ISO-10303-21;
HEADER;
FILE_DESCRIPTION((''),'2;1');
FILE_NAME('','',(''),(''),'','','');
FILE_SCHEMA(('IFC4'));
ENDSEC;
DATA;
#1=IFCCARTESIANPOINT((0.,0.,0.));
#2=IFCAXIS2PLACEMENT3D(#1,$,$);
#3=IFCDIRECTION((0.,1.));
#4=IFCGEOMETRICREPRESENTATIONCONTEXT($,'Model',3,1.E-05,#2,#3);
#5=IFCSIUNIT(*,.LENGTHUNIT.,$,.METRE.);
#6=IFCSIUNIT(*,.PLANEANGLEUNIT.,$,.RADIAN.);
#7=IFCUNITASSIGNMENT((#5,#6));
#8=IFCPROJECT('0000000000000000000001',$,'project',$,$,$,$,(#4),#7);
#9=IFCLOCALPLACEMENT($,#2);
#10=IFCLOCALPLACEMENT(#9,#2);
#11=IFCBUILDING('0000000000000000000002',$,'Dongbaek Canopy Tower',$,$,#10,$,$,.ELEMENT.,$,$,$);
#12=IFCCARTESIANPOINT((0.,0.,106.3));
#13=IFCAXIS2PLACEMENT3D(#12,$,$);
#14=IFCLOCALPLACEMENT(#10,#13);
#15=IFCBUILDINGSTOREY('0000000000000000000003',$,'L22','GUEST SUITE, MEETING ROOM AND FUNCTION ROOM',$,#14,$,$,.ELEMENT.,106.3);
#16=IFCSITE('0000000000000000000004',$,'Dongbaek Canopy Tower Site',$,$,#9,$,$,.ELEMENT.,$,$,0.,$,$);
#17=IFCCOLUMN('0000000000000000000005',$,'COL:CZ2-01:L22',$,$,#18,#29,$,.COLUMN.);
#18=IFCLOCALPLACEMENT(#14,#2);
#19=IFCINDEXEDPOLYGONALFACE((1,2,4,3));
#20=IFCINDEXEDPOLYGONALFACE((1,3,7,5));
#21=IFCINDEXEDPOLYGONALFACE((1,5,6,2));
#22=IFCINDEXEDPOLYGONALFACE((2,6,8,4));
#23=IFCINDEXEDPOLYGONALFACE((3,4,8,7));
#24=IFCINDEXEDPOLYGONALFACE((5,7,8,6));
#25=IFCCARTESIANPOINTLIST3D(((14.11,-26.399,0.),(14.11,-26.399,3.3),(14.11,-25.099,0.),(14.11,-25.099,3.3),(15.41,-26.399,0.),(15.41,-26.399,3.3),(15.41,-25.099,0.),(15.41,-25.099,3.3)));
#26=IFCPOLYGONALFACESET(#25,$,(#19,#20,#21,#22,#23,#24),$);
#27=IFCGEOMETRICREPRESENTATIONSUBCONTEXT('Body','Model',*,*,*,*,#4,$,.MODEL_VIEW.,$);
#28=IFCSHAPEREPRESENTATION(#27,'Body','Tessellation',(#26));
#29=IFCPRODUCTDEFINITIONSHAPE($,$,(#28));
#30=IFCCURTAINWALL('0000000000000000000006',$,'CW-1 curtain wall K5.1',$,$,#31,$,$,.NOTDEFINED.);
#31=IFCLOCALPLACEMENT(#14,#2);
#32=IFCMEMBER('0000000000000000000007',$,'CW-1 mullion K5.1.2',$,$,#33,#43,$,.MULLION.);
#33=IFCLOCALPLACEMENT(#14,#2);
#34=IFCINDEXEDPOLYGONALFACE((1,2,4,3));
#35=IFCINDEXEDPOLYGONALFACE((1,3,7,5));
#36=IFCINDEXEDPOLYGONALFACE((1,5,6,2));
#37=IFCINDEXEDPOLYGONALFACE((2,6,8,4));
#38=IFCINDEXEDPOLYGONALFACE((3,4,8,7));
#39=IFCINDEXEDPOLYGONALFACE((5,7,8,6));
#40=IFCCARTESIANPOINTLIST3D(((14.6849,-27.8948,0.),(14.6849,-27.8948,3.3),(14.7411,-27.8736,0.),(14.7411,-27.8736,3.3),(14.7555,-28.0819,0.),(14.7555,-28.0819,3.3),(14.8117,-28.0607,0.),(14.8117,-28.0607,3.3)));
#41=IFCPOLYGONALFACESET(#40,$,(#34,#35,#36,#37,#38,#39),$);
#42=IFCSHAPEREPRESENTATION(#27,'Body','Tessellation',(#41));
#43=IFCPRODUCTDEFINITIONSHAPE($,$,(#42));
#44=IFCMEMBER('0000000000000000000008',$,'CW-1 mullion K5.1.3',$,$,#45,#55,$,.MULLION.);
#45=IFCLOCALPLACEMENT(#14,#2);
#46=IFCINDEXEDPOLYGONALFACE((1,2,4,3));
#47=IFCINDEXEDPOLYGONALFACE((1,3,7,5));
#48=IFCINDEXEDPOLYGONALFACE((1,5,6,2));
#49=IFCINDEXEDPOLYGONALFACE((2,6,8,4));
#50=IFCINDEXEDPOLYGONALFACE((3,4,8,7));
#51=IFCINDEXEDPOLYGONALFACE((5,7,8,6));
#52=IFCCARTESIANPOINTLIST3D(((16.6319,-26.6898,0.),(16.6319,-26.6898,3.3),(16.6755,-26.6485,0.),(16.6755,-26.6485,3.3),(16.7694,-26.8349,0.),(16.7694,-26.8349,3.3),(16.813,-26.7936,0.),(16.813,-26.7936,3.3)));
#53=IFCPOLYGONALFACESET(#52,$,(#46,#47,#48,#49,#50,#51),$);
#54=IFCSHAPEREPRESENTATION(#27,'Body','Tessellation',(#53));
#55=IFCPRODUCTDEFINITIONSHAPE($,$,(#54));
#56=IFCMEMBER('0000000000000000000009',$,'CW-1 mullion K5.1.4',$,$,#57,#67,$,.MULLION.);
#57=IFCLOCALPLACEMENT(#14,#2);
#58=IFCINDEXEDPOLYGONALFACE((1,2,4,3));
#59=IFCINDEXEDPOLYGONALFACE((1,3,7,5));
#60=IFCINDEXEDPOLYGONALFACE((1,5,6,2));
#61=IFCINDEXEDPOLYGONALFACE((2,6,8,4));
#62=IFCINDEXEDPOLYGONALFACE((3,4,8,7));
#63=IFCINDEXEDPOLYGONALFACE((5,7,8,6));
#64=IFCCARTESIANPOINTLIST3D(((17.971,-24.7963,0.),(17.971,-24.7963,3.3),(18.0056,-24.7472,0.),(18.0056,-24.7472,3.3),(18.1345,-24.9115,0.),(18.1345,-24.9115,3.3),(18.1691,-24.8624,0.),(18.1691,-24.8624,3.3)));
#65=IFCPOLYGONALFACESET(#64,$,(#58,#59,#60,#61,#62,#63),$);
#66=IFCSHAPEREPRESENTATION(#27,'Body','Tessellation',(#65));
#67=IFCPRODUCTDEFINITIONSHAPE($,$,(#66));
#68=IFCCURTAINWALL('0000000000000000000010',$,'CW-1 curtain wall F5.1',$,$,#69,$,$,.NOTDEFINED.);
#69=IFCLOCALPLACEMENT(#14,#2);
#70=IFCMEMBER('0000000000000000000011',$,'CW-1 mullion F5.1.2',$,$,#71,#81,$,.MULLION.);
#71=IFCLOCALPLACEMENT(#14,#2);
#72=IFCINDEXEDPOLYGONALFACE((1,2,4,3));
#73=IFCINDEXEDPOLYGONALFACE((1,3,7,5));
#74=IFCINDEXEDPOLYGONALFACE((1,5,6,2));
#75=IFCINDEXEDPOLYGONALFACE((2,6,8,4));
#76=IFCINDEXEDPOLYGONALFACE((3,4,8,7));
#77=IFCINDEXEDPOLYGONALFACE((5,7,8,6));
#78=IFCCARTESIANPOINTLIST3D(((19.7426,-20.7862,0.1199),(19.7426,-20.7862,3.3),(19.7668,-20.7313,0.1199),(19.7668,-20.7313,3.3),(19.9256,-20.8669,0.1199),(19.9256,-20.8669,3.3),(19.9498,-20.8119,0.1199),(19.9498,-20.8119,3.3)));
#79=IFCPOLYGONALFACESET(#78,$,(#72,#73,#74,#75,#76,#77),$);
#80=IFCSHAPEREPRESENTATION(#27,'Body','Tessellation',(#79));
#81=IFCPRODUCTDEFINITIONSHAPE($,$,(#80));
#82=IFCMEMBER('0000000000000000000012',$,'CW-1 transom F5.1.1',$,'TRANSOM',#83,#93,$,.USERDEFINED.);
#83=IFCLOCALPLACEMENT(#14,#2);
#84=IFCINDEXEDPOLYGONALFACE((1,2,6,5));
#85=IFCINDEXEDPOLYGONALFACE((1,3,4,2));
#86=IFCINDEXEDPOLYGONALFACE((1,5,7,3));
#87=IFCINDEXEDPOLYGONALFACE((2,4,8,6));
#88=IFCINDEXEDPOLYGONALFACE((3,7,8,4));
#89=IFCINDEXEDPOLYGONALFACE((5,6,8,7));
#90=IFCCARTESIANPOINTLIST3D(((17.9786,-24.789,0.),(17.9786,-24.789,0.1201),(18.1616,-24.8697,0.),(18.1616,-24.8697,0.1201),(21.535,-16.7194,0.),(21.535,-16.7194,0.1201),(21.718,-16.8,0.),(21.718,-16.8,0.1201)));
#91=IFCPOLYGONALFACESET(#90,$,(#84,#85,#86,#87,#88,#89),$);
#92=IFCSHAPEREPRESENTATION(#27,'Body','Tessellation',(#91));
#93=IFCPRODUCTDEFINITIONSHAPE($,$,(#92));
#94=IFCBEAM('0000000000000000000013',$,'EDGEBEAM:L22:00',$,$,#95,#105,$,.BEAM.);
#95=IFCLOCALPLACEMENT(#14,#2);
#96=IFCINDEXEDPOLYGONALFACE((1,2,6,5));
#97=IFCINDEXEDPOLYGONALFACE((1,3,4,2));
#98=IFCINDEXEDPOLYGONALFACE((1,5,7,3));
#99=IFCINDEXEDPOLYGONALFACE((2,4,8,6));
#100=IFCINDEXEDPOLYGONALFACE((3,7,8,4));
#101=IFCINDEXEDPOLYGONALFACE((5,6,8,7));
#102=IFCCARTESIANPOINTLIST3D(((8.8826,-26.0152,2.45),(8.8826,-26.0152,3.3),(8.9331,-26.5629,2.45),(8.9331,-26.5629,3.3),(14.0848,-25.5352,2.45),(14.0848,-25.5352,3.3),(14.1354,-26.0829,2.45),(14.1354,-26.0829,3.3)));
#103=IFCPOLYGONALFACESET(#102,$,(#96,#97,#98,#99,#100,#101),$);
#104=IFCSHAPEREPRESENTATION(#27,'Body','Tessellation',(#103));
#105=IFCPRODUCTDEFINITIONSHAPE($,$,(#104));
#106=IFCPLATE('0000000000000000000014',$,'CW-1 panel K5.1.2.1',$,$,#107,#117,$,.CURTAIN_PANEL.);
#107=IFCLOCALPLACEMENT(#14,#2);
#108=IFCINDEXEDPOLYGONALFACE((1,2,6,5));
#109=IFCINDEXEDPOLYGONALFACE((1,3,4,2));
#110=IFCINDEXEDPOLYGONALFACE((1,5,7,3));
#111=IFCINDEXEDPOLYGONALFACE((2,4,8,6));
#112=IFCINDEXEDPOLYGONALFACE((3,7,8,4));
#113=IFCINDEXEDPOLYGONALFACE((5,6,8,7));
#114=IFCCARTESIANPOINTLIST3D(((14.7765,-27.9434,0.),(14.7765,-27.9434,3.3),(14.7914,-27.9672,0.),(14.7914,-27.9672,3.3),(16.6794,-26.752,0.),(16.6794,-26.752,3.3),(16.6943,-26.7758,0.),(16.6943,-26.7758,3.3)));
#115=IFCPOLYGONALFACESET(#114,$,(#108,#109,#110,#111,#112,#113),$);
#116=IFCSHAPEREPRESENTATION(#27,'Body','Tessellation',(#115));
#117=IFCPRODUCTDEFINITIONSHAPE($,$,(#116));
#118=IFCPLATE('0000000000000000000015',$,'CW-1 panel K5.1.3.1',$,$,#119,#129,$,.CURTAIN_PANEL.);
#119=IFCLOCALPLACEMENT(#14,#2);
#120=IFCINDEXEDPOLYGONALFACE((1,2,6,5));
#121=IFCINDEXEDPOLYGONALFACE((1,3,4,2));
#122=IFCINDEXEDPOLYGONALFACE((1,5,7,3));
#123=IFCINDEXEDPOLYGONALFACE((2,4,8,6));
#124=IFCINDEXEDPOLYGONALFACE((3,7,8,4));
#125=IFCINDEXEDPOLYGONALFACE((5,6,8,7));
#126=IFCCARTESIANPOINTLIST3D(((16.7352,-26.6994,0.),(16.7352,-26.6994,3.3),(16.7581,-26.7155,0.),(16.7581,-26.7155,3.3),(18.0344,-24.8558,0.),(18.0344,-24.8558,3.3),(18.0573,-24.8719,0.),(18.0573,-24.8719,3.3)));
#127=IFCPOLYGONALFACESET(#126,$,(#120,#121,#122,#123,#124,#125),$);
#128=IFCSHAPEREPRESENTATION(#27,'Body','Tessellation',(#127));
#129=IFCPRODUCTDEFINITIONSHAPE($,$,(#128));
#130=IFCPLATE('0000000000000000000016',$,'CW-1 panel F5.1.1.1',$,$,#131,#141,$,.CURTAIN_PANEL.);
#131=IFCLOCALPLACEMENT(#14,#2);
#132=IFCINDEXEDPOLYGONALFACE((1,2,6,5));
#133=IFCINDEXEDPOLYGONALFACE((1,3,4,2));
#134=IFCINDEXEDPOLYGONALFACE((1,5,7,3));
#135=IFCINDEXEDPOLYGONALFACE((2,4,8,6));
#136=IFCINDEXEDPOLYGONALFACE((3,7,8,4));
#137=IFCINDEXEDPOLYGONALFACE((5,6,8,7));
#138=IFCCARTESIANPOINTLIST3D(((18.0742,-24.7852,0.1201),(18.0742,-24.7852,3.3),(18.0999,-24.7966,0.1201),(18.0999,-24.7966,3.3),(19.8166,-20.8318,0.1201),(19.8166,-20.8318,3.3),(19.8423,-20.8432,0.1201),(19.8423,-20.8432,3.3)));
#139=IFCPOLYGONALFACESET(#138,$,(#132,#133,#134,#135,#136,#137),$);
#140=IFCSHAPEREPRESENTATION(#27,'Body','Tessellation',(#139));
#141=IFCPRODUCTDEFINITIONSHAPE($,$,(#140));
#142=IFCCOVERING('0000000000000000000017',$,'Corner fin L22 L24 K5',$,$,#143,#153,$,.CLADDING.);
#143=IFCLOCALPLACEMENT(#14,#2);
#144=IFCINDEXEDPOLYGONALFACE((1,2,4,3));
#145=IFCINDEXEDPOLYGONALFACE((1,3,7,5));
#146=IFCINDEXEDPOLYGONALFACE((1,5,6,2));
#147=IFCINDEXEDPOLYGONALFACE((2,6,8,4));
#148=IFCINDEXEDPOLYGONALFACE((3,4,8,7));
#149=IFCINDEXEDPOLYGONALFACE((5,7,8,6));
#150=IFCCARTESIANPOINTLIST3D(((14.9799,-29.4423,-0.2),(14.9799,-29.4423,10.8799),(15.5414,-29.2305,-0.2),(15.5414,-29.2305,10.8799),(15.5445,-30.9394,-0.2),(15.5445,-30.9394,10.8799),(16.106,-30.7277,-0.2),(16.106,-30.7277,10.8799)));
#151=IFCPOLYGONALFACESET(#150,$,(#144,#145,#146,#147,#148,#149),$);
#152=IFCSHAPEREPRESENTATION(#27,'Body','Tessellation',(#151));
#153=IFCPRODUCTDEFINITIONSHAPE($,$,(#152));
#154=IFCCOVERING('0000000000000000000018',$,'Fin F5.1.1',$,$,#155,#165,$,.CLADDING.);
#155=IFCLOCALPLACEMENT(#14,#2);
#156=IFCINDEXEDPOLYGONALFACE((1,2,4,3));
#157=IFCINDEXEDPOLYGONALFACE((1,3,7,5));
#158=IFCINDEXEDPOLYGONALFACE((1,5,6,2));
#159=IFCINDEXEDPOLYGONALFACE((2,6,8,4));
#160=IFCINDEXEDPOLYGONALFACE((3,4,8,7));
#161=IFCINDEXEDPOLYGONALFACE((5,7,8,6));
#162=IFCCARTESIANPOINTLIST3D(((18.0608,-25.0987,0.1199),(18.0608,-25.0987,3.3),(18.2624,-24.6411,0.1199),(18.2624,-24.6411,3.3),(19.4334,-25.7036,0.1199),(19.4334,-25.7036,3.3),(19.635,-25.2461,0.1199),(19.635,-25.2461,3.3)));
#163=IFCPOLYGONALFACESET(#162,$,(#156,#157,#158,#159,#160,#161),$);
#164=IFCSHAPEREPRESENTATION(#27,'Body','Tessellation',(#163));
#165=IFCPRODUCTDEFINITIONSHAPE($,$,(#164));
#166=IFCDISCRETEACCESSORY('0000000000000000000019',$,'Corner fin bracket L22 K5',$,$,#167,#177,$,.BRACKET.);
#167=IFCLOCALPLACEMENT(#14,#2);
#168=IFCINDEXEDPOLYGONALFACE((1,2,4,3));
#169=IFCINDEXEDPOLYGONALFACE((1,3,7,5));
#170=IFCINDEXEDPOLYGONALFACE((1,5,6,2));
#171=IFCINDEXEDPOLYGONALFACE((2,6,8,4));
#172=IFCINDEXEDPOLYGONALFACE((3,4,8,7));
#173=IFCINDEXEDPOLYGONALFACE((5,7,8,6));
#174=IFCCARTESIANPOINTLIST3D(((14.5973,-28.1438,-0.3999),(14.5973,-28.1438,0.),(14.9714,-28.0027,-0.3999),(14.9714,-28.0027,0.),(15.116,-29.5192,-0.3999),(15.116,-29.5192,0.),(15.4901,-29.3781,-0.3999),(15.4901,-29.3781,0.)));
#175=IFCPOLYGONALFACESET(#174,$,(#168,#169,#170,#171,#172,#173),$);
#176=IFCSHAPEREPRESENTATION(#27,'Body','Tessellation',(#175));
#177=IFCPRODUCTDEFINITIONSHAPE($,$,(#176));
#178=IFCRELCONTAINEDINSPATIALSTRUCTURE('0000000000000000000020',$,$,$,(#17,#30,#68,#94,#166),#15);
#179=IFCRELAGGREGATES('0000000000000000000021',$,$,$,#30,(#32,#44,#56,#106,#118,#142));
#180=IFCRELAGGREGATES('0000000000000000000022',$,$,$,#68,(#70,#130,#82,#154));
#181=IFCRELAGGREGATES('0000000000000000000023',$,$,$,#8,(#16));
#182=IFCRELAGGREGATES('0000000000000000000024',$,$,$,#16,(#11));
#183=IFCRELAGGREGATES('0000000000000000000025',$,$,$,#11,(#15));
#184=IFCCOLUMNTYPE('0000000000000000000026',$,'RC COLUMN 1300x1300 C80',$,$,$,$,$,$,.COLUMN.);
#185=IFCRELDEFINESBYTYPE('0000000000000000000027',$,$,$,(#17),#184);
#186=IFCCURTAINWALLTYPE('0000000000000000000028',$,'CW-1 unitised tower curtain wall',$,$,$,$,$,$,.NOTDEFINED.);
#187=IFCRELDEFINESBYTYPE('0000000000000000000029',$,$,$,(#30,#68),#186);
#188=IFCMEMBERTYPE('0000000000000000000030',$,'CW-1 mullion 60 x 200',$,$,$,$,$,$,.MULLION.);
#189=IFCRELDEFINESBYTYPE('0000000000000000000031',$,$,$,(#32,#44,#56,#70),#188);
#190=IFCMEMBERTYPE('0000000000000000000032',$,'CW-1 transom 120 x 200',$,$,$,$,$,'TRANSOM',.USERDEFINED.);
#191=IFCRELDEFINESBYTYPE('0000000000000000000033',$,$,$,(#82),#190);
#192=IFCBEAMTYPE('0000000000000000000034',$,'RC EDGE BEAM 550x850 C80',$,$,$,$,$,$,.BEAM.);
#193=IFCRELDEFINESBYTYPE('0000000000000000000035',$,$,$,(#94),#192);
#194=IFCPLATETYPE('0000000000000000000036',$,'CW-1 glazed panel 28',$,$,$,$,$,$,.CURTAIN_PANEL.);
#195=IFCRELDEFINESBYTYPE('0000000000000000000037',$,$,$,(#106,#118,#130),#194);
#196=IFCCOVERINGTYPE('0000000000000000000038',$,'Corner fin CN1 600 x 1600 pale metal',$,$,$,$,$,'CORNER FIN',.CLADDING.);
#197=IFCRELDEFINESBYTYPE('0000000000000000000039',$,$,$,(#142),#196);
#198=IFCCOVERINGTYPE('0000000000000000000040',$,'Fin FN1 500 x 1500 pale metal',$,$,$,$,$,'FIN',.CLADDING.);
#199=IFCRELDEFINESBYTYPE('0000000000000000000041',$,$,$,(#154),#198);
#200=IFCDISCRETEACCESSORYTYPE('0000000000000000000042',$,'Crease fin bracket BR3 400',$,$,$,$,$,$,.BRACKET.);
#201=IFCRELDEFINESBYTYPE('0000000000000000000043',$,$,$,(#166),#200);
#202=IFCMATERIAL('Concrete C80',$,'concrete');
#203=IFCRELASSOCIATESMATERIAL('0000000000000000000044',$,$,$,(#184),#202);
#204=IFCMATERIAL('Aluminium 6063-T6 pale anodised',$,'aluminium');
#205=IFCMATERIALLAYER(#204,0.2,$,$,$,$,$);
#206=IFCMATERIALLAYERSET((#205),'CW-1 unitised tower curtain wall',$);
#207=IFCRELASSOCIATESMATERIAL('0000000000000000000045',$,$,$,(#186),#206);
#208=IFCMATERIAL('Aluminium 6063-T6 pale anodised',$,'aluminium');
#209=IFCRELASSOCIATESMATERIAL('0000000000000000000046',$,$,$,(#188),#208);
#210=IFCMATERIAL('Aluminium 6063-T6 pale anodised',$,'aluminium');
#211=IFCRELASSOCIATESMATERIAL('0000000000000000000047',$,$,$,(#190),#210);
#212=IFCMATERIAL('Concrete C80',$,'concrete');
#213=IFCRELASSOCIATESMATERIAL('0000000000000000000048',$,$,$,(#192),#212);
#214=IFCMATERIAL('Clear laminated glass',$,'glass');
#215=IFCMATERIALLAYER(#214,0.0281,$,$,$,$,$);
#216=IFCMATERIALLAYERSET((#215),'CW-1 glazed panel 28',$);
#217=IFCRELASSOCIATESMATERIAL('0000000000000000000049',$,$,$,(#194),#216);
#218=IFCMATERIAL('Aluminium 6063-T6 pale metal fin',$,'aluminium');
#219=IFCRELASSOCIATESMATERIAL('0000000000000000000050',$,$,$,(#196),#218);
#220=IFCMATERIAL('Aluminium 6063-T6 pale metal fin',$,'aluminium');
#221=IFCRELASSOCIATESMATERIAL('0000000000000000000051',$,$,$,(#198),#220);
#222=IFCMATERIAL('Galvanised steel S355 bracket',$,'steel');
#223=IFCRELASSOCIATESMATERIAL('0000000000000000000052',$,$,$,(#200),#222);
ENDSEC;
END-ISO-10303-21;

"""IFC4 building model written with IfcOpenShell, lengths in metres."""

from ifc_helpers import new_model, si_unit, direction, frame, origin, origin_2d, place, context, subcontext, project, spatial, rectangle, extrude, material, layer, layer_set, material_profile, profile_set, type_object, element, aggregate, save


model = new_model("IFC4")

# Units and contexts
model_context = context("Model", 3, precision=1e-05, world=origin(), true_north=direction((0.0, 1.0)))
body_context = subcontext(model_context, "Body", "Model", "MODEL_VIEW")
ifc_project = project(units=[si_unit("LENGTHUNIT", "METRE"), si_unit("PLANEANGLEUNIT", "RADIAN")], contexts=[model_context])

# Site, building, storey
site_placement = place(None, origin())
site = spatial("IfcSite", under=ifc_project, at=site_placement, Name="Dongbaek Canopy Tower Site", CompositionType="ELEMENT", RefElevation=0.0)
building_placement = place(site_placement, origin())
building = spatial("IfcBuilding", under=site, at=building_placement, Name="Dongbaek Canopy Tower", CompositionType="ELEMENT")
storey_placement = place(building_placement, frame((0.0, 0.0, 106.3)))
storey = spatial("IfcBuildingStorey", under=building, at=storey_placement, Name="L22", Description="GUEST SUITE, MEETING ROOM AND FUNCTION ROOM", CompositionType="ELEMENT", Elevation=106.3)

# Column
ifc_material_1 = material(Name="Concrete C80", Category="concrete")
ifc_material_profile_1 = material_profile(ifc_material_1, rectangle(XDim=1.3, YDim=1.3, at=origin_2d()), Name="RC COLUMN 1300x1300 C80")
ifc_profile_set_1 = profile_set([ifc_material_profile_1], Name="Concrete C80")
column_type = type_object("IfcColumnType", Name="RC COLUMN 1300x1300 C80", PredefinedType="COLUMN", material=ifc_profile_set_1)
column_placement = place(storey_placement, frame((14.76, -25.749, 0.0), z_axis=(0.0, 0.0, 1.0), x_axis=(1.0, 0.0, 0.0)))
element("IfcColumn", 1, at=column_placement, inside=storey, type_object=column_type, Name="COL:CZ2-01:L22", PredefinedType="COLUMN", context=body_context, shape_type="SweptSolid", body=[
    extrude(rectangle(XDim=1.3, YDim=1.3, at=origin_2d()), origin(), (0.0, 0.0, 1.0), 3.3),
])

# Curtain walls, members
ifc_material_2 = material(Name="Aluminium 6063-T6 pale anodised", Category="aluminium")
ifc_layer_1 = layer(ifc_material_2, 0.2)
ifc_layer_set_1 = layer_set([ifc_layer_1], Name="CW-1 unitised tower curtain wall")
curtain_wall_type = type_object("IfcCurtainWallType", Name="CW-1 unitised tower curtain wall", PredefinedType="NOTDEFINED", material=ifc_layer_set_1)
curtain_wall_1_placement = place(storey_placement, origin())
curtain_wall_1 = element("IfcCurtainWall", 2, at=curtain_wall_1_placement, inside=storey, type_object=curtain_wall_type, Name="CW-1 curtain wall K5.1", PredefinedType="NOTDEFINED")
ifc_material_3 = material(Name="Aluminium 6063-T6 pale anodised", Category="aluminium")
ifc_material_profile_2 = material_profile(ifc_material_3, rectangle(XDim=0.2, YDim=0.0601, at=origin_2d()), Name="CW-1 mullion 60 x 200")
ifc_profile_set_2 = profile_set([ifc_material_profile_2], Name="Aluminium 6063-T6 pale anodised")
member_type_1 = type_object("IfcMemberType", Name="CW-1 mullion 60 x 200", PredefinedType="MULLION", material=ifc_profile_set_2)
member_1_placement = place(storey_placement, frame((14.7483, -27.9778, 0.0), z_axis=(0.0, 0.0, 1.0), x_axis=(0.352875, -0.93567, 0.0)))
member_1 = element("IfcMember", 3, at=member_1_placement, type_object=member_type_1, Name="CW-1 mullion K5.1.2", PredefinedType="MULLION", context=body_context, shape_type="SweptSolid", body=[
    extrude(rectangle(XDim=0.2, YDim=0.0601, at=origin_2d()), origin(), (0.0, 0.0, 1.0), 3.3),
])
member_2_placement = place(storey_placement, frame((16.7224, -26.7417, 0.0), z_axis=(0.0, 0.0, 1.0), x_axis=(0.68759, -0.726099, 0.0)))
member_2 = element("IfcMember", 4, at=member_2_placement, type_object=member_type_1, Name="CW-1 mullion K5.1.3", PredefinedType="MULLION", context=body_context, shape_type="SweptSolid", body=[
    extrude(rectangle(XDim=0.2, YDim=0.0601, at=origin_2d()), origin(), (0.0, 0.0, 1.0), 3.3),
])
member_3_placement = place(storey_placement, frame((18.0701, -24.8293, 0.0), z_axis=(0.0, 0.0, 1.0), x_axis=(0.817425, -0.576035, 0.0)))
member_3 = element("IfcMember", 5, at=member_3_placement, type_object=member_type_1, Name="CW-1 mullion K5.1.4", PredefinedType="MULLION", context=body_context, shape_type="SweptSolid", body=[
    extrude(rectangle(XDim=0.2, YDim=0.0601, at=origin_2d()), origin(), (0.0, 0.0, 1.0), 3.3),
])
curtain_wall_2_placement = place(storey_placement, origin())
curtain_wall_2 = element("IfcCurtainWall", 6, at=curtain_wall_2_placement, inside=storey, type_object=curtain_wall_type, Name="CW-1 curtain wall F5.1", PredefinedType="NOTDEFINED")
member_4_placement = place(storey_placement, frame((19.8462, -20.7991, 0.1199), z_axis=(0.0, 0.0, 1.0), x_axis=(0.915073, -0.403289, 0.0)))
member_4 = element("IfcMember", 7, at=member_4_placement, type_object=member_type_1, Name="CW-1 mullion F5.1.2", PredefinedType="MULLION", context=body_context, shape_type="SweptSolid", body=[
    extrude(rectangle(XDim=0.2, YDim=0.0601, at=origin_2d()), origin(), (0.0, 0.0, 1.0), 3.1802),
])
ifc_material_4 = material(Name="Aluminium 6063-T6 pale anodised", Category="aluminium")
ifc_material_profile_3 = material_profile(ifc_material_4, rectangle(XDim=0.2, YDim=0.1201, at=origin_2d()), Name="CW-1 transom 120 x 200")
ifc_profile_set_3 = profile_set([ifc_material_profile_3], Name="Aluminium 6063-T6 pale anodised")
member_type_2 = type_object("IfcMemberType", Name="CW-1 transom 120 x 200", ElementType="TRANSOM", PredefinedType="USERDEFINED", material=ifc_profile_set_3)
member_5_placement = place(storey_placement, frame((18.0701, -24.8293, 0.0601), z_axis=(0.403288, 0.915073, 0.0), x_axis=(-0.915073, 0.403288, 0.0)))
member_5 = element("IfcMember", 8, at=member_5_placement, type_object=member_type_2, Name="CW-1 transom F5.1.1", ObjectType="TRANSOM", PredefinedType="USERDEFINED", context=body_context, shape_type="SweptSolid", body=[
    extrude(rectangle(XDim=0.2, YDim=0.1201, at=origin_2d()), origin(), (0.0, 0.0, 1.0), 8.8186),
])

# Beam
ifc_material_5 = material(Name="Concrete C80", Category="concrete")
ifc_material_profile_4 = material_profile(ifc_material_5, rectangle(XDim=0.55, YDim=0.8501, at=origin_2d()), Name="RC EDGE BEAM 550x850 C80")
ifc_profile_set_4 = profile_set([ifc_material_profile_4], Name="Concrete C80")
beam_type = type_object("IfcBeamType", Name="RC EDGE BEAM 550x850 C80", PredefinedType="BEAM", material=ifc_profile_set_4)
beam_placement = place(storey_placement, frame((14.1101, -25.8091, 2.875), z_axis=(-0.99577, -0.091876, 0.0), x_axis=(0.091876, -0.99577, 0.0)))
element("IfcBeam", 9, at=beam_placement, inside=storey, type_object=beam_type, Name="EDGEBEAM:L22:00", PredefinedType="BEAM", context=body_context, shape_type="SweptSolid", body=[
    extrude(rectangle(XDim=0.55, YDim=0.8501, at=origin_2d()), origin(), (0.0, 0.0, 1.0), 5.2244),
])

# Plates
ifc_material_6 = material(Name="Clear laminated glass", Category="glass")
ifc_layer_2 = layer(ifc_material_6, 0.0281)
ifc_layer_set_2 = layer_set([ifc_layer_2], Name="CW-1 glazed panel 28")
plate_type = type_object("IfcPlateType", Name="CW-1 glazed panel 28", PredefinedType="CURTAIN_PANEL", material=ifc_layer_set_2)
plate_1_placement = place(storey_placement, frame((15.7354, -27.3596, 0.0), z_axis=(0.0, 0.0, 1.0), x_axis=(0.847572, 0.530681, 0.0)))
plate_1 = element("IfcPlate", 10, at=plate_1_placement, type_object=plate_type, Name="CW-1 panel K5.1.2.1", PredefinedType="CURTAIN_PANEL", context=body_context, shape_type="SweptSolid", body=[
    extrude(rectangle(XDim=2.2451, YDim=0.0281, at=origin_2d()), origin(), (0.0, 0.0, 1.0), 3.3),
])
plate_2_placement = place(storey_placement, frame((17.3962, -25.7856, 0.0), z_axis=(0.0, 0.0, 1.0), x_axis=(0.576035, 0.817425, 0.0)))
plate_2 = element("IfcPlate", 11, at=plate_2_placement, type_object=plate_type, Name="CW-1 panel K5.1.3.1", PredefinedType="CURTAIN_PANEL", context=body_context, shape_type="SweptSolid", body=[
    extrude(rectangle(XDim=2.2554, YDim=0.0281, at=origin_2d()), origin(), (0.0, 0.0, 1.0), 3.3),
])
plate_3_placement = place(storey_placement, frame((18.9583, -22.8142, 0.1201), z_axis=(0.0, 0.0, 1.0), x_axis=(0.403289, 0.915073, 0.0)))
plate_3 = element("IfcPlate", 12, at=plate_3_placement, type_object=plate_type, Name="CW-1 panel F5.1.1.1", PredefinedType="CURTAIN_PANEL", context=body_context, shape_type="SweptSolid", body=[
    extrude(rectangle(XDim=4.3203, YDim=0.0281, at=origin_2d()), origin(), (0.0, 0.0, 1.0), 3.1799),
])

# Coverings
ifc_material_7 = material(Name="Aluminium 6063-T6 pale metal fin", Category="aluminium")
ifc_material_profile_5 = material_profile(ifc_material_7, rectangle(XDim=1.6001, YDim=0.6001, at=origin_2d()), Name="Corner fin CN1 600 x 1600 pale metal")
ifc_profile_set_5 = profile_set([ifc_material_profile_5], Name="Aluminium 6063-T6 pale metal fin")
covering_type_1 = type_object("IfcCoveringType", Name="Corner fin CN1 600 x 1600 pale metal", ElementType="CORNER FIN", PredefinedType="CLADDING", material=ifc_profile_set_5)
covering_1_placement = place(storey_placement, frame((15.543, -30.085, -0.2), z_axis=(0.0, 0.0, 1.0), x_axis=(0.352876, -0.93567, 0.0)))
covering_1 = element("IfcCovering", 13, at=covering_1_placement, type_object=covering_type_1, Name="Corner fin L22 L24 K5", PredefinedType="CLADDING", context=body_context, shape_type="SweptSolid", body=[
    extrude(rectangle(XDim=1.6001, YDim=0.6001, at=origin_2d()), origin(), (0.0, 0.0, 1.0), 11.0798),
])
aggregate(curtain_wall_1, [member_1, member_2, member_3, plate_1, plate_2, covering_1])
ifc_material_8 = material(Name="Aluminium 6063-T6 pale metal fin", Category="aluminium")
ifc_material_profile_6 = material_profile(ifc_material_8, rectangle(XDim=1.5, YDim=0.5, at=origin_2d()), Name="Fin FN1 500 x 1500 pale metal")
ifc_profile_set_6 = profile_set([ifc_material_profile_6], Name="Aluminium 6063-T6 pale metal fin")
covering_type_2 = type_object("IfcCoveringType", Name="Fin FN1 500 x 1500 pale metal", ElementType="FIN", PredefinedType="CLADDING", material=ifc_profile_set_6)
covering_2_placement = place(storey_placement, frame((18.8479, -25.1724, 0.1199), z_axis=(0.0, 0.0, 1.0), x_axis=(0.915073, -0.403289, 0.0)))
covering_2 = element("IfcCovering", 14, at=covering_2_placement, type_object=covering_type_2, Name="Fin F5.1.1", PredefinedType="CLADDING", context=body_context, shape_type="SweptSolid", body=[
    extrude(rectangle(XDim=1.5, YDim=0.5, at=origin_2d()), origin(), (0.0, 0.0, 1.0), 3.1802),
])
aggregate(curtain_wall_2, [member_4, plate_3, member_5, covering_2])

# Discrete accessory
ifc_material_9 = material(Name="Galvanised steel S355 bracket", Category="steel")
discrete_accessory_type = type_object("IfcDiscreteAccessoryType", Name="Crease fin bracket BR3 400", PredefinedType="BRACKET", material=ifc_material_9)
discrete_accessory_placement = place(storey_placement, frame((15.0437, -28.761, -0.3999), z_axis=(0.0, 0.0, 1.0), x_axis=(0.352876, -0.93567, 0.0)))
element("IfcDiscreteAccessory", 15, at=discrete_accessory_placement, inside=storey, type_object=discrete_accessory_type, Name="Corner fin bracket L22 K5", PredefinedType="BRACKET", context=body_context, shape_type="SweptSolid", body=[
    extrude(rectangle(XDim=1.47, YDim=0.3999, at=origin_2d()), origin(), (0.0, 0.0, 1.0), 0.3999),
])

save(model, "model.ifc")
